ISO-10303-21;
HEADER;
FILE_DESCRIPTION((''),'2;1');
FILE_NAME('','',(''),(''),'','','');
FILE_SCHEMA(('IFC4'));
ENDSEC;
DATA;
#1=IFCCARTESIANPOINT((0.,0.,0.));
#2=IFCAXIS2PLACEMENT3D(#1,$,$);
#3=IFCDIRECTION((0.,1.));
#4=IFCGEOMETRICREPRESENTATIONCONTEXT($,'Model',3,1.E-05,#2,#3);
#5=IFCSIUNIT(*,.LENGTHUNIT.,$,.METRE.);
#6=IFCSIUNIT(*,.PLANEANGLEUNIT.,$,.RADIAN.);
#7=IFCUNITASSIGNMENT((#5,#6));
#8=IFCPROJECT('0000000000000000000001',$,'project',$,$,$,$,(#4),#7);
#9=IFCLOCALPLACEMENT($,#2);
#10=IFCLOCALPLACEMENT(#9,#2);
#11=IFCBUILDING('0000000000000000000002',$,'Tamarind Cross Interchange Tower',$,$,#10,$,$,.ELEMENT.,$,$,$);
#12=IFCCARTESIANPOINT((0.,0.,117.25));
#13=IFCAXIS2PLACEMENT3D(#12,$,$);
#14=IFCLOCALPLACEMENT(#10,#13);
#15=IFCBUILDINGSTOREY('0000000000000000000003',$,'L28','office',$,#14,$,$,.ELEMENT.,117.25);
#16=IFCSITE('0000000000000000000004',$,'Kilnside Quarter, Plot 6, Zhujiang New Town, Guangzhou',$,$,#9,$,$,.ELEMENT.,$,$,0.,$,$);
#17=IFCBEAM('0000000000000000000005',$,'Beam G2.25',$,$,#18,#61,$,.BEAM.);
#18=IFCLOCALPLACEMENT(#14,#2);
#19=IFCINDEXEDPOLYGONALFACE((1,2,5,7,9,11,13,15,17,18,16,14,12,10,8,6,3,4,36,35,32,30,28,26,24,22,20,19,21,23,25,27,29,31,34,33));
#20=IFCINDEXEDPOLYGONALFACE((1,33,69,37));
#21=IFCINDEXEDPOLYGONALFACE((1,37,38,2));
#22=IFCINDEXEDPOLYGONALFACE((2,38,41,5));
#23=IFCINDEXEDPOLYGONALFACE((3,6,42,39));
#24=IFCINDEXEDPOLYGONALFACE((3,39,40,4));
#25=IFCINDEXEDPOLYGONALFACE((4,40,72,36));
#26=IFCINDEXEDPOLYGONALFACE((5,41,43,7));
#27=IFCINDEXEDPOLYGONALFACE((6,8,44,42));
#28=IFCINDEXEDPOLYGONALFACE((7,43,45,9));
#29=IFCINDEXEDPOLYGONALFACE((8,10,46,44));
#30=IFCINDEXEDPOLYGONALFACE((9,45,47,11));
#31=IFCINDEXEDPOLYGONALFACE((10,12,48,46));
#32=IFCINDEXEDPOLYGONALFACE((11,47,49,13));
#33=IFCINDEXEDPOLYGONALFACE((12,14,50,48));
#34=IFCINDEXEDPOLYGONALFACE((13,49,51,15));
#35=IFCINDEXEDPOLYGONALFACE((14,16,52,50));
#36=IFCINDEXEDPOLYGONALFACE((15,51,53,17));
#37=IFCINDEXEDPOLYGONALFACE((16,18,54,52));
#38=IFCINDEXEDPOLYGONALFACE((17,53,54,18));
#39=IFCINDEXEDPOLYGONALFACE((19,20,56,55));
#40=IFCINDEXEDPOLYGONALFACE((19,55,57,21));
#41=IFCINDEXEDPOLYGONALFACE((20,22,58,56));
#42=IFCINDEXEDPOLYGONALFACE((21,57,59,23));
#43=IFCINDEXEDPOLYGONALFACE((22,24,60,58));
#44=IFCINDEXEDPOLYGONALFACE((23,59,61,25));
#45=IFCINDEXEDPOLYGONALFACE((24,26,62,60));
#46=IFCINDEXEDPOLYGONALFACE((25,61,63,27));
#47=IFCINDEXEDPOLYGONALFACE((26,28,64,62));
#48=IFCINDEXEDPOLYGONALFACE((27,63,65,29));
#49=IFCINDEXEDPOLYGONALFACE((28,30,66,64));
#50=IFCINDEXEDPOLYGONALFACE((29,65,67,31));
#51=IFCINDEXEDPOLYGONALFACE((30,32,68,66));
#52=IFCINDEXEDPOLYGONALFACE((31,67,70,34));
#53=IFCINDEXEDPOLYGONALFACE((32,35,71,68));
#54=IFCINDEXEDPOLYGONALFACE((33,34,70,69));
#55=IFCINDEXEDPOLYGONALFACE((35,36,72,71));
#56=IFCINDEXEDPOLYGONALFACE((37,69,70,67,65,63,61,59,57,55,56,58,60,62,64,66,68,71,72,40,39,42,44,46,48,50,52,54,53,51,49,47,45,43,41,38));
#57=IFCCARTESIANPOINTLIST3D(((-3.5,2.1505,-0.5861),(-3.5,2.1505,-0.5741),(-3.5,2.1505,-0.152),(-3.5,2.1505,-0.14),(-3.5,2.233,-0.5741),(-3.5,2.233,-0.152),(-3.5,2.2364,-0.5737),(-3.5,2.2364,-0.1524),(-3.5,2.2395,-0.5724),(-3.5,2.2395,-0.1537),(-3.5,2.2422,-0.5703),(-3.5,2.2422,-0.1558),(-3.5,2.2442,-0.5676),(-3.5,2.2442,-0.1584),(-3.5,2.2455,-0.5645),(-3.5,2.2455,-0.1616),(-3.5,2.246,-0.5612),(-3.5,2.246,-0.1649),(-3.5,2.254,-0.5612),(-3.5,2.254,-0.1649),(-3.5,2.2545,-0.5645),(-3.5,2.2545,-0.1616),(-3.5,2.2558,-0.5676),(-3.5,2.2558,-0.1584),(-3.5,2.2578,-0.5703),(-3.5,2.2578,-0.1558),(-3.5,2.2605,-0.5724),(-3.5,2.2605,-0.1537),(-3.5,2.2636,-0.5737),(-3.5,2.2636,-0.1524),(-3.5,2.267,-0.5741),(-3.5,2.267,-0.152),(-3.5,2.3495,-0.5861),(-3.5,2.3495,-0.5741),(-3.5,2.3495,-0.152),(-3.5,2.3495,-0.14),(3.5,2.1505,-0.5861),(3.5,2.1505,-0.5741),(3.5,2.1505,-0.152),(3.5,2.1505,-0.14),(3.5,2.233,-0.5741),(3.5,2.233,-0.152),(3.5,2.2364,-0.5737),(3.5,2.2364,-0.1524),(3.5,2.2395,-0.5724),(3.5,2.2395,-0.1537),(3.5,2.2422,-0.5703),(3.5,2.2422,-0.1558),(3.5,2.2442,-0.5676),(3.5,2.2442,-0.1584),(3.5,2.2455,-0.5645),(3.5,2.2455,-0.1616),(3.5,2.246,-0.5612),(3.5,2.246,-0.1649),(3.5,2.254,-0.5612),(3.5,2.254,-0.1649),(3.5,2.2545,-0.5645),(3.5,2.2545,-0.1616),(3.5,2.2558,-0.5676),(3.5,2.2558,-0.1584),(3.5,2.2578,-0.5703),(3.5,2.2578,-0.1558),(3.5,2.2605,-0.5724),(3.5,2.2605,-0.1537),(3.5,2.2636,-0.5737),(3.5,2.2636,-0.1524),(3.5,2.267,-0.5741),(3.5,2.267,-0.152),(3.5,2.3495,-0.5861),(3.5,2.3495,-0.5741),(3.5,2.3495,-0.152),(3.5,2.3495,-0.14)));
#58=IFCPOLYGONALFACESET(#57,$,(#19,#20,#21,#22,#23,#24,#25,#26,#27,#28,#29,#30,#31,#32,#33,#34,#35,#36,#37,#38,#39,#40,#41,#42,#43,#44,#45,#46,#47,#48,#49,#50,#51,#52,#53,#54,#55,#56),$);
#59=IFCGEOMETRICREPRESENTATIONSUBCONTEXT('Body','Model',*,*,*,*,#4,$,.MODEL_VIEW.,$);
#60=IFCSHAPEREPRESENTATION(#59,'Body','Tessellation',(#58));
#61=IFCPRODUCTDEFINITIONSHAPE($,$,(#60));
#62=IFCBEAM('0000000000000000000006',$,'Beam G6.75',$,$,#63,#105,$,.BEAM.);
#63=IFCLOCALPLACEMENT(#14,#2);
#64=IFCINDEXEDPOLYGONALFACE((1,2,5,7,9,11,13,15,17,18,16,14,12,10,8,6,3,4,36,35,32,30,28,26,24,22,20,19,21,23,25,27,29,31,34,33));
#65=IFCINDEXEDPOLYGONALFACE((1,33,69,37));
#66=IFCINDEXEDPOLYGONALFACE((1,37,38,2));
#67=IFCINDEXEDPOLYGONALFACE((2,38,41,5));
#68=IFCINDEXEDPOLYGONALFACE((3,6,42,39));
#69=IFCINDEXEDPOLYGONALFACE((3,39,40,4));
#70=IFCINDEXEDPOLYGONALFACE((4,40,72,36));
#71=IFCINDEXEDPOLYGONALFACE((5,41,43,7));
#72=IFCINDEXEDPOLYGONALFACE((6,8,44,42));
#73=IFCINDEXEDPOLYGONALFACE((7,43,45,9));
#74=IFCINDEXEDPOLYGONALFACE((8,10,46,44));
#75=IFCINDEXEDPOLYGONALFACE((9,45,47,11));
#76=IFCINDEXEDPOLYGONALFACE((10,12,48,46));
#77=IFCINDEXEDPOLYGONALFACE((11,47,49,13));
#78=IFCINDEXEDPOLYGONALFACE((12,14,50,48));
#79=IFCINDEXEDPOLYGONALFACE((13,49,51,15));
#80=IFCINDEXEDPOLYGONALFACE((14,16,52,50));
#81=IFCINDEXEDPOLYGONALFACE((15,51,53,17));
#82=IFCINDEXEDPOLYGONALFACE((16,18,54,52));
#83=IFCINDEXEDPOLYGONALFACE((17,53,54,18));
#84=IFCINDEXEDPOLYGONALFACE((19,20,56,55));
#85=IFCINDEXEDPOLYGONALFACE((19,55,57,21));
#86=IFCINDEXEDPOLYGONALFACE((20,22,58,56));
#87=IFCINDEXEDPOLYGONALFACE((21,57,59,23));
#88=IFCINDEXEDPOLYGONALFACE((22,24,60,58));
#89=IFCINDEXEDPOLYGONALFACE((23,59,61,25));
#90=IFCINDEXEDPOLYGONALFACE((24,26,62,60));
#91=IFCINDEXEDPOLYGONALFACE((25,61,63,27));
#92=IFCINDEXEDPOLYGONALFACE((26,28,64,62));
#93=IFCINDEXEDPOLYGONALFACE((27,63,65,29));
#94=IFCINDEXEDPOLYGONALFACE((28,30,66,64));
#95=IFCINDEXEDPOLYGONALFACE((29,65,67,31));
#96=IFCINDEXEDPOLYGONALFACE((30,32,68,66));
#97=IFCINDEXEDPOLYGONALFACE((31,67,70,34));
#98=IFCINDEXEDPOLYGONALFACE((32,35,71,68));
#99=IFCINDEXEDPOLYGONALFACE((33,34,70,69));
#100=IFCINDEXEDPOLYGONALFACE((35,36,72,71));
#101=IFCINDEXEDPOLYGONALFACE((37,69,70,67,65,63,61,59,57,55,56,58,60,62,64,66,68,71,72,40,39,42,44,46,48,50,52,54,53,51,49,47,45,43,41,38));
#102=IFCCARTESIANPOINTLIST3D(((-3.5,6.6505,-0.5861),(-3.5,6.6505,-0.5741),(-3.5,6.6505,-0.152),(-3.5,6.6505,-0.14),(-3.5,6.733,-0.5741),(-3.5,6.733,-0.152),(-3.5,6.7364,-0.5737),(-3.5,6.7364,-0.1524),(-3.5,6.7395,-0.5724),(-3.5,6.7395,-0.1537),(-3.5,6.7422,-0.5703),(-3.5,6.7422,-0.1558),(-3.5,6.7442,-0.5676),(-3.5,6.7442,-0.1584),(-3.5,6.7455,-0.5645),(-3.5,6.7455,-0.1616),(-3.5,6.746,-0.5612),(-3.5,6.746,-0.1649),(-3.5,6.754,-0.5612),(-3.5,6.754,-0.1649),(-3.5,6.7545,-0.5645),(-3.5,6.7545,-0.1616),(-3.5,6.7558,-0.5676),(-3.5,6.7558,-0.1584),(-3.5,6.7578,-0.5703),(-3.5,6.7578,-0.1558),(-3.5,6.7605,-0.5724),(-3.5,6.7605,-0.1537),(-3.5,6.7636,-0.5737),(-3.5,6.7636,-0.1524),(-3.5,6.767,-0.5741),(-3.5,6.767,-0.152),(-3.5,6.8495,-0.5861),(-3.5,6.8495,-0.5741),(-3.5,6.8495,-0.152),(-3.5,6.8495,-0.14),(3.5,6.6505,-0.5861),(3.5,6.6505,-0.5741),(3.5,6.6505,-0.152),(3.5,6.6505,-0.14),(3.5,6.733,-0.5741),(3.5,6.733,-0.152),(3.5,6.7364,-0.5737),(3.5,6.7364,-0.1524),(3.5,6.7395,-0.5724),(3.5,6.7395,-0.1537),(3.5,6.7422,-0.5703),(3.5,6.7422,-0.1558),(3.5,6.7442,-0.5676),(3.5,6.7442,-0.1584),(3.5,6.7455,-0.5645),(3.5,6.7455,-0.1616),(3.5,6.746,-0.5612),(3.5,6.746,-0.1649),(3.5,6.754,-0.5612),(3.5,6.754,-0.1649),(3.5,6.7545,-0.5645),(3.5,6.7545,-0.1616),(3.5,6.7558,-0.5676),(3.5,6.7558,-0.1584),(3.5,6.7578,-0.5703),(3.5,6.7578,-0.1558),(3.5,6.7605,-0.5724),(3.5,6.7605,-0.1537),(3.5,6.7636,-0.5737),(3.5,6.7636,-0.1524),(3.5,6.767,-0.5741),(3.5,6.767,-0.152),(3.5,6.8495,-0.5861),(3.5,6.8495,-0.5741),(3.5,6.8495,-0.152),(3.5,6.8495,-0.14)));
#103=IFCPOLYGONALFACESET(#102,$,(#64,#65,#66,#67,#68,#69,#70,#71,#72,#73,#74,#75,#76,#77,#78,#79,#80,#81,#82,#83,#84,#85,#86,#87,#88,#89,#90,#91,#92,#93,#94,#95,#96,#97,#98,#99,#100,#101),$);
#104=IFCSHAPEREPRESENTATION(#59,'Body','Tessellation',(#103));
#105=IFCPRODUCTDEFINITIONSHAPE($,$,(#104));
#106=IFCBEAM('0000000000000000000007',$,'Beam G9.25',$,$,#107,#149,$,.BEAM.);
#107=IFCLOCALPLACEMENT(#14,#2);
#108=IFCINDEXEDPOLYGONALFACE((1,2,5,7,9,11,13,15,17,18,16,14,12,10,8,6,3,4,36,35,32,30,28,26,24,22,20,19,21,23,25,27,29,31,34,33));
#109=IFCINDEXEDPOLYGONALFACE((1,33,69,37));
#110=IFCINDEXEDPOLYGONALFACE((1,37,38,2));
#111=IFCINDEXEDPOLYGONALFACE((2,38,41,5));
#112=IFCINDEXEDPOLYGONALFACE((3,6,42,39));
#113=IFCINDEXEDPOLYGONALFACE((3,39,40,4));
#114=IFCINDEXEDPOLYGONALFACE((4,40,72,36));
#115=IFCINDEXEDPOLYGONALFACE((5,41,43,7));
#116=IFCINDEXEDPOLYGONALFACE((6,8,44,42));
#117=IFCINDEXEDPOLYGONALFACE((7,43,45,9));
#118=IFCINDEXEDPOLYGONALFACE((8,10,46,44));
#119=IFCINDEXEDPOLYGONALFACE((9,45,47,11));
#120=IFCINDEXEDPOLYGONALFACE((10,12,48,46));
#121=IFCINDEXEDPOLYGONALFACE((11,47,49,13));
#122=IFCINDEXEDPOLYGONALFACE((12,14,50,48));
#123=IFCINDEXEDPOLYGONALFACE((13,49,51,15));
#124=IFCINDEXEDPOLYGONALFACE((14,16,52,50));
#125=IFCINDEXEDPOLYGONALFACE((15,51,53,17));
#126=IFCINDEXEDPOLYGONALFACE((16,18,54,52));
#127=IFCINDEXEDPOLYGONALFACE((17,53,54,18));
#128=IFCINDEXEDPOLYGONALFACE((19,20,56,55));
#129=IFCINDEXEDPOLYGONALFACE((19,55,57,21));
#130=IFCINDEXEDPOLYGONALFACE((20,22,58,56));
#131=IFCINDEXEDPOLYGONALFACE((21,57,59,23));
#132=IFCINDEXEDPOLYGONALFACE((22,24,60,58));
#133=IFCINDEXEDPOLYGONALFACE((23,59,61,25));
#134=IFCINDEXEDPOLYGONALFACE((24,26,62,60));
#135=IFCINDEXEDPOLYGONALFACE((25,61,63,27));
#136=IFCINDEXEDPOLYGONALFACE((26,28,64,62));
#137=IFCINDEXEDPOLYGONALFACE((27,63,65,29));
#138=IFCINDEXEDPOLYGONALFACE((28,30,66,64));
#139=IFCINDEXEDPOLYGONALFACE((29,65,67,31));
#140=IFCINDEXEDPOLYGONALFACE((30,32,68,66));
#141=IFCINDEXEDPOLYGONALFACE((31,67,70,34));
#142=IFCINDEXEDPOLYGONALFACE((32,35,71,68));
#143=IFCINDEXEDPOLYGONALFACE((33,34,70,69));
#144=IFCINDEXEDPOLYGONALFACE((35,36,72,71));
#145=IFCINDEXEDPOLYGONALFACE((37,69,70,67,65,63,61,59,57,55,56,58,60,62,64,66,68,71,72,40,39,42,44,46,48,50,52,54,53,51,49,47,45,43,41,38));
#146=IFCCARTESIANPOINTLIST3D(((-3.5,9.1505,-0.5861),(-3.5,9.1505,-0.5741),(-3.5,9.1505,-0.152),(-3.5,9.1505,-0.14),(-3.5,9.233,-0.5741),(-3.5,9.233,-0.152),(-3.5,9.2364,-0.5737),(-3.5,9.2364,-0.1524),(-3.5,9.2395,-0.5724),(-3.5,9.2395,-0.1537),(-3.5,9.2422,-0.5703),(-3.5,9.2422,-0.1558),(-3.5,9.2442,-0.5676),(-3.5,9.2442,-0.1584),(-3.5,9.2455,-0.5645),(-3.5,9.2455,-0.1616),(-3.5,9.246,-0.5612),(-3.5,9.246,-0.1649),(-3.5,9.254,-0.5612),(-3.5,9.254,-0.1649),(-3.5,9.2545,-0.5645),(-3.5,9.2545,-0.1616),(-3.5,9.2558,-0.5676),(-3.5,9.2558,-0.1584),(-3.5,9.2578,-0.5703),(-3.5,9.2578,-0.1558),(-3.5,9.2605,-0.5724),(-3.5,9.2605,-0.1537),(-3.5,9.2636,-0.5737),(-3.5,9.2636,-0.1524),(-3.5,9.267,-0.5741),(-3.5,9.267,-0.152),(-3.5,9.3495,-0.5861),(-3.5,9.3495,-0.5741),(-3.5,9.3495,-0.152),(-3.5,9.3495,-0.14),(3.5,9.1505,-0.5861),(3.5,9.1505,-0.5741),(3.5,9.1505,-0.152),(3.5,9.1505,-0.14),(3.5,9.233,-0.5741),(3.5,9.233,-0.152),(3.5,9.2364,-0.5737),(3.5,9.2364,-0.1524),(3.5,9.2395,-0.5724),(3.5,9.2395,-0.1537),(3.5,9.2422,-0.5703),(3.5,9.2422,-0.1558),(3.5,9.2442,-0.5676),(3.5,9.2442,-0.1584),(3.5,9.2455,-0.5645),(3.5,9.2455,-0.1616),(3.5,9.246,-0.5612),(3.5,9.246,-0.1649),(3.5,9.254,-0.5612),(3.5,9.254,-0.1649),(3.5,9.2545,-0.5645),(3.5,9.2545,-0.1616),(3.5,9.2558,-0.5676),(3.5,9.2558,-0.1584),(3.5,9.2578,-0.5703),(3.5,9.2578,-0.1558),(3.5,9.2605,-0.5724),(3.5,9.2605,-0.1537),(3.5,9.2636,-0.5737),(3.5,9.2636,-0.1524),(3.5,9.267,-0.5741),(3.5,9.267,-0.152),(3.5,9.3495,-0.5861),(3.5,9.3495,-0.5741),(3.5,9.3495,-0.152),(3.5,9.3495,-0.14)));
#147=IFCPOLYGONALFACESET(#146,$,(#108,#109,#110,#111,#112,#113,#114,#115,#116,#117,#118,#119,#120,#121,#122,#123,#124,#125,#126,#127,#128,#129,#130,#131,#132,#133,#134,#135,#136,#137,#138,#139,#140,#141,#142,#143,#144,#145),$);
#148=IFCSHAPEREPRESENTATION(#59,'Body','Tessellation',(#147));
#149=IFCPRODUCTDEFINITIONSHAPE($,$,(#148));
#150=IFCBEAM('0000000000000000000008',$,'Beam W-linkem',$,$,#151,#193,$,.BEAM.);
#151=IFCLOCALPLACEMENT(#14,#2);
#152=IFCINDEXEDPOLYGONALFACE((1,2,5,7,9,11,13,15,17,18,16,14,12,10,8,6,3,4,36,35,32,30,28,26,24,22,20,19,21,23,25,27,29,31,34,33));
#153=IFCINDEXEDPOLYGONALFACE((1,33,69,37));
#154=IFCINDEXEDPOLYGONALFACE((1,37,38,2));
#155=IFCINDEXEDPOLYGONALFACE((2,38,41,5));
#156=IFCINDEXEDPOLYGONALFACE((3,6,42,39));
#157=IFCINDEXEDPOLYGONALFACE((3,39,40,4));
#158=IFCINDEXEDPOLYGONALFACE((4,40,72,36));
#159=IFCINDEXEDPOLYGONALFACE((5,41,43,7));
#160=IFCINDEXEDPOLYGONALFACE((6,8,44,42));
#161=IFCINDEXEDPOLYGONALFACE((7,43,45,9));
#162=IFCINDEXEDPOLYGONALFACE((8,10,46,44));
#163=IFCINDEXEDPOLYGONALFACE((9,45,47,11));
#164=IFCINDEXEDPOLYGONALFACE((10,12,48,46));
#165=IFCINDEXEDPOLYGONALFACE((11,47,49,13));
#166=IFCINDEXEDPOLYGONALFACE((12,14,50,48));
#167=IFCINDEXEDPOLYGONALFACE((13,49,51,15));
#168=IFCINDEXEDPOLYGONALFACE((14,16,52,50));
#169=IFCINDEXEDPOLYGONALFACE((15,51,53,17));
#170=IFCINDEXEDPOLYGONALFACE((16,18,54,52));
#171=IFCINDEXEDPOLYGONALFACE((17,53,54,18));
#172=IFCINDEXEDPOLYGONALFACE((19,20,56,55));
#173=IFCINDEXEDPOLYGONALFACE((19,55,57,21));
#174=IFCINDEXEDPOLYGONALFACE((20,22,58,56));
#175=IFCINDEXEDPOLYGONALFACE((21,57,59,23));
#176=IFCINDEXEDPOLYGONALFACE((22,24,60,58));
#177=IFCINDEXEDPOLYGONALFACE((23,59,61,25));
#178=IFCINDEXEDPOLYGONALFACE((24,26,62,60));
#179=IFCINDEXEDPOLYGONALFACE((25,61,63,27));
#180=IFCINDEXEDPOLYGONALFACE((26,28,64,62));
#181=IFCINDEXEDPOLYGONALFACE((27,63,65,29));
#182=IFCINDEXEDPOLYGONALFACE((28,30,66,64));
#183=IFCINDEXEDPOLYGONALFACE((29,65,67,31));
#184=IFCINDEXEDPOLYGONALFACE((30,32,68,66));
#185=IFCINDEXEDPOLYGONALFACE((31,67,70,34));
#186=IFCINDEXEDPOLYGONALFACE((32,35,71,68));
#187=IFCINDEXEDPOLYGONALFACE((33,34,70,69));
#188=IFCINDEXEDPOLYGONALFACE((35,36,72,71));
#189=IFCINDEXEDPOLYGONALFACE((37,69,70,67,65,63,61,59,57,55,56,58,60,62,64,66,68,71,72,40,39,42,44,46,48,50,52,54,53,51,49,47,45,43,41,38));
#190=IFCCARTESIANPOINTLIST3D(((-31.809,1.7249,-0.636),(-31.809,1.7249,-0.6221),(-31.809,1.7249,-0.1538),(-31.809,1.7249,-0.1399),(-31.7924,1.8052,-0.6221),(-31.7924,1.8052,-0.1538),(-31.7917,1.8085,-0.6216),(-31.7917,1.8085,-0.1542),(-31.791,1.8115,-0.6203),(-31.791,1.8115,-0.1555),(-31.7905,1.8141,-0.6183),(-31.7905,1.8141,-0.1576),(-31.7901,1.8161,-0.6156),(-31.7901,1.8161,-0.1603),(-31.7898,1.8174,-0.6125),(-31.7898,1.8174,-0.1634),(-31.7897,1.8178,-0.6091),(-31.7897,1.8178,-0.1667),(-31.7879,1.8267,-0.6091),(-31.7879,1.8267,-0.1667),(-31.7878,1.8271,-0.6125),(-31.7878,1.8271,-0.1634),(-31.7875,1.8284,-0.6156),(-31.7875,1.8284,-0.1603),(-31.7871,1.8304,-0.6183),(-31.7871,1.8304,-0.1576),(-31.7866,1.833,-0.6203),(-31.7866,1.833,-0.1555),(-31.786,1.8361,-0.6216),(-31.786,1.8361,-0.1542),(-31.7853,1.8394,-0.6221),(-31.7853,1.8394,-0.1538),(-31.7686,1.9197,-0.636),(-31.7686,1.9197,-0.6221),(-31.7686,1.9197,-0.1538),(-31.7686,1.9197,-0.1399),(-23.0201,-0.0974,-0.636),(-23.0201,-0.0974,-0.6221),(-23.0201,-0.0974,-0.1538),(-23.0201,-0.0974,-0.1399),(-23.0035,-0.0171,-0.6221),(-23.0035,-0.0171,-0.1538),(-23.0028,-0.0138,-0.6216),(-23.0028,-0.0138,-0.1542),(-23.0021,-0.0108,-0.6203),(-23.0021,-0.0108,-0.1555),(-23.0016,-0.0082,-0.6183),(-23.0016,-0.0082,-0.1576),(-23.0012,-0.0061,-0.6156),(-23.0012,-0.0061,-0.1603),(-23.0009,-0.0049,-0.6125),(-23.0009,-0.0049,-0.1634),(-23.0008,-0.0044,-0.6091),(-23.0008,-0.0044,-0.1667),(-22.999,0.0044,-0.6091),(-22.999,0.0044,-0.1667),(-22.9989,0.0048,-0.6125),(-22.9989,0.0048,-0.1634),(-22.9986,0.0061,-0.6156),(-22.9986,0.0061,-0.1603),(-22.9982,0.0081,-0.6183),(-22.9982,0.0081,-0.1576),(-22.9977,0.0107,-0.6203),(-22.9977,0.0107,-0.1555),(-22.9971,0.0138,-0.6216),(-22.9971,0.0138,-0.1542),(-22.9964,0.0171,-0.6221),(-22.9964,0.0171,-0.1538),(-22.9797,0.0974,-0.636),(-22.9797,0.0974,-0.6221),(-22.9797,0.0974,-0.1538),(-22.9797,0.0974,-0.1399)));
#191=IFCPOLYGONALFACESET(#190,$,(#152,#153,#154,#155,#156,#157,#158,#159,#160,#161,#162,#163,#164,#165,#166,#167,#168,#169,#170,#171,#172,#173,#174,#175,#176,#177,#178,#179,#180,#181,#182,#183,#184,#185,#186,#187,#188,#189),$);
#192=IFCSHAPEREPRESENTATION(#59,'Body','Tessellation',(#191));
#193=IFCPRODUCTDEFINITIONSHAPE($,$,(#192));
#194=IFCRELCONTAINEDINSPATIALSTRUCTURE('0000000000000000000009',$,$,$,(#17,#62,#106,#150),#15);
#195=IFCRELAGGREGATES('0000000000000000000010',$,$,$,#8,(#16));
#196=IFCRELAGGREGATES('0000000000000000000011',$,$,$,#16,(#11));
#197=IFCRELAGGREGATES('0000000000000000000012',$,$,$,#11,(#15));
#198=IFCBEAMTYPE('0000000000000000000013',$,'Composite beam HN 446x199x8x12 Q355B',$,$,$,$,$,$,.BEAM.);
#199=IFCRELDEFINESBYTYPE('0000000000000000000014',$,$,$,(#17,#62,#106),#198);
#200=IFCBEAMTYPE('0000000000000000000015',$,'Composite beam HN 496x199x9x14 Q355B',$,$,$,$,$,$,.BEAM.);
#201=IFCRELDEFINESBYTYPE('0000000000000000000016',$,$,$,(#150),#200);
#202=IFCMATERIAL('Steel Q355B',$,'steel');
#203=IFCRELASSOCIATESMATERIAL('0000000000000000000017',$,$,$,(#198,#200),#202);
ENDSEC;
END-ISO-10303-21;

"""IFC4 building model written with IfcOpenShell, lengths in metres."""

from ifc_helpers import new_model, si_unit, direction, frame, origin, origin_2d, place, context, subcontext, project, spatial, i_section, extrude, material, material_profile, profile_set, type_object, element, save


model = new_model("IFC4")

# Units and contexts
model_context = context("Model", 3, precision=1e-05, world=origin(), true_north=direction((0.0, 1.0)))
body_context = subcontext(model_context, "Body", "Model", "MODEL_VIEW")
ifc_project = project(units=[si_unit("LENGTHUNIT", "METRE"), si_unit("PLANEANGLEUNIT", "RADIAN")], contexts=[model_context])

# Site, building, storey
site_placement = place(None, origin())
site = spatial("IfcSite", under=ifc_project, at=site_placement, Name="Kilnside Quarter, Plot 6, Zhujiang New Town, Guangzhou", CompositionType="ELEMENT", RefElevation=0.0)
building_placement = place(site_placement, origin())
building = spatial("IfcBuilding", under=site, at=building_placement, Name="Tamarind Cross Interchange Tower", CompositionType="ELEMENT")
storey_placement = place(building_placement, frame((0.0, 0.0, 117.25)))
storey = spatial("IfcBuildingStorey", under=building, at=storey_placement, Name="L28", Description="office", CompositionType="ELEMENT", Elevation=117.25)

# Beams
ifc_material_1 = material(Name="Steel Q355B", Category="steel")
ifc_material_profile_1 = material_profile(ifc_material_1, i_section(OverallWidth=0.199, OverallDepth=0.446, WebThickness=0.0081, FlangeThickness=0.012, FilletRadius=0.0129, at=origin_2d()), Name="HN 446x199x8x12")
ifc_profile_set_1 = profile_set([ifc_material_profile_1], Name="Steel Q355B")
beam_type_1 = type_object("IfcBeamType", Name="Composite beam HN 446x199x8x12 Q355B", PredefinedType="BEAM", material=ifc_profile_set_1)
for number, where, z_axis, x_axis, name in (
    (1, (-3.5, 2.25, -0.363), (1.0, 0.0, 0.0), (0.0, 1.0, 0.0), "Beam G2.25"),
    (2, (-3.5, 6.75, -0.363), (1.0, 0.0, 0.0), (0.0, 1.0, 0.0), "Beam G6.75"),
    (3, (-3.5, 9.25, -0.363), (1.0, 0.0, 0.0), (0.0, 1.0, 0.0), "Beam G9.25"),
):
    element("IfcBeam", number, at=place(storey_placement, frame(where, z_axis=z_axis, x_axis=x_axis)), inside=storey, type_object=beam_type_1, Name=name, PredefinedType="BEAM", context=body_context, shape_type="SweptSolid", body=[
        extrude(i_section(OverallWidth=0.199, OverallDepth=0.446, WebThickness=0.0081, FlangeThickness=0.012, FilletRadius=0.0129, at=origin_2d()), origin(), (0.0, 0.0, 1.0), 7.0),
    ])
ifc_material_profile_2 = material_profile(ifc_material_1, i_section(OverallWidth=0.199, OverallDepth=0.4961, WebThickness=0.009, FlangeThickness=0.0139, FilletRadius=0.0129, at=origin_2d()), Name="HN 496x199x9x14")
ifc_profile_set_2 = profile_set([ifc_material_profile_2], Name="Steel Q355B")
beam_type_2 = type_object("IfcBeamType", Name="Composite beam HN 496x199x9x14 Q355B", PredefinedType="BEAM", material=ifc_profile_set_2)
beam_1_placement = place(storey_placement, frame((-31.7888, 1.8223, -0.3879), z_axis=(0.979174, -0.203021, 0.0), x_axis=(0.203021, 0.979174, 0.0)))
element("IfcBeam", 4, at=beam_1_placement, inside=storey, type_object=beam_type_2, Name="Beam W-linkem", PredefinedType="BEAM", context=body_context, shape_type="SweptSolid", body=[
    extrude(i_section(OverallWidth=0.199, OverallDepth=0.4961, WebThickness=0.009, FlangeThickness=0.0139, FilletRadius=0.0129, at=origin_2d()), origin(), (0.0, 0.0, 1.0), 8.9758),
])

save(model, "model.ifc")
